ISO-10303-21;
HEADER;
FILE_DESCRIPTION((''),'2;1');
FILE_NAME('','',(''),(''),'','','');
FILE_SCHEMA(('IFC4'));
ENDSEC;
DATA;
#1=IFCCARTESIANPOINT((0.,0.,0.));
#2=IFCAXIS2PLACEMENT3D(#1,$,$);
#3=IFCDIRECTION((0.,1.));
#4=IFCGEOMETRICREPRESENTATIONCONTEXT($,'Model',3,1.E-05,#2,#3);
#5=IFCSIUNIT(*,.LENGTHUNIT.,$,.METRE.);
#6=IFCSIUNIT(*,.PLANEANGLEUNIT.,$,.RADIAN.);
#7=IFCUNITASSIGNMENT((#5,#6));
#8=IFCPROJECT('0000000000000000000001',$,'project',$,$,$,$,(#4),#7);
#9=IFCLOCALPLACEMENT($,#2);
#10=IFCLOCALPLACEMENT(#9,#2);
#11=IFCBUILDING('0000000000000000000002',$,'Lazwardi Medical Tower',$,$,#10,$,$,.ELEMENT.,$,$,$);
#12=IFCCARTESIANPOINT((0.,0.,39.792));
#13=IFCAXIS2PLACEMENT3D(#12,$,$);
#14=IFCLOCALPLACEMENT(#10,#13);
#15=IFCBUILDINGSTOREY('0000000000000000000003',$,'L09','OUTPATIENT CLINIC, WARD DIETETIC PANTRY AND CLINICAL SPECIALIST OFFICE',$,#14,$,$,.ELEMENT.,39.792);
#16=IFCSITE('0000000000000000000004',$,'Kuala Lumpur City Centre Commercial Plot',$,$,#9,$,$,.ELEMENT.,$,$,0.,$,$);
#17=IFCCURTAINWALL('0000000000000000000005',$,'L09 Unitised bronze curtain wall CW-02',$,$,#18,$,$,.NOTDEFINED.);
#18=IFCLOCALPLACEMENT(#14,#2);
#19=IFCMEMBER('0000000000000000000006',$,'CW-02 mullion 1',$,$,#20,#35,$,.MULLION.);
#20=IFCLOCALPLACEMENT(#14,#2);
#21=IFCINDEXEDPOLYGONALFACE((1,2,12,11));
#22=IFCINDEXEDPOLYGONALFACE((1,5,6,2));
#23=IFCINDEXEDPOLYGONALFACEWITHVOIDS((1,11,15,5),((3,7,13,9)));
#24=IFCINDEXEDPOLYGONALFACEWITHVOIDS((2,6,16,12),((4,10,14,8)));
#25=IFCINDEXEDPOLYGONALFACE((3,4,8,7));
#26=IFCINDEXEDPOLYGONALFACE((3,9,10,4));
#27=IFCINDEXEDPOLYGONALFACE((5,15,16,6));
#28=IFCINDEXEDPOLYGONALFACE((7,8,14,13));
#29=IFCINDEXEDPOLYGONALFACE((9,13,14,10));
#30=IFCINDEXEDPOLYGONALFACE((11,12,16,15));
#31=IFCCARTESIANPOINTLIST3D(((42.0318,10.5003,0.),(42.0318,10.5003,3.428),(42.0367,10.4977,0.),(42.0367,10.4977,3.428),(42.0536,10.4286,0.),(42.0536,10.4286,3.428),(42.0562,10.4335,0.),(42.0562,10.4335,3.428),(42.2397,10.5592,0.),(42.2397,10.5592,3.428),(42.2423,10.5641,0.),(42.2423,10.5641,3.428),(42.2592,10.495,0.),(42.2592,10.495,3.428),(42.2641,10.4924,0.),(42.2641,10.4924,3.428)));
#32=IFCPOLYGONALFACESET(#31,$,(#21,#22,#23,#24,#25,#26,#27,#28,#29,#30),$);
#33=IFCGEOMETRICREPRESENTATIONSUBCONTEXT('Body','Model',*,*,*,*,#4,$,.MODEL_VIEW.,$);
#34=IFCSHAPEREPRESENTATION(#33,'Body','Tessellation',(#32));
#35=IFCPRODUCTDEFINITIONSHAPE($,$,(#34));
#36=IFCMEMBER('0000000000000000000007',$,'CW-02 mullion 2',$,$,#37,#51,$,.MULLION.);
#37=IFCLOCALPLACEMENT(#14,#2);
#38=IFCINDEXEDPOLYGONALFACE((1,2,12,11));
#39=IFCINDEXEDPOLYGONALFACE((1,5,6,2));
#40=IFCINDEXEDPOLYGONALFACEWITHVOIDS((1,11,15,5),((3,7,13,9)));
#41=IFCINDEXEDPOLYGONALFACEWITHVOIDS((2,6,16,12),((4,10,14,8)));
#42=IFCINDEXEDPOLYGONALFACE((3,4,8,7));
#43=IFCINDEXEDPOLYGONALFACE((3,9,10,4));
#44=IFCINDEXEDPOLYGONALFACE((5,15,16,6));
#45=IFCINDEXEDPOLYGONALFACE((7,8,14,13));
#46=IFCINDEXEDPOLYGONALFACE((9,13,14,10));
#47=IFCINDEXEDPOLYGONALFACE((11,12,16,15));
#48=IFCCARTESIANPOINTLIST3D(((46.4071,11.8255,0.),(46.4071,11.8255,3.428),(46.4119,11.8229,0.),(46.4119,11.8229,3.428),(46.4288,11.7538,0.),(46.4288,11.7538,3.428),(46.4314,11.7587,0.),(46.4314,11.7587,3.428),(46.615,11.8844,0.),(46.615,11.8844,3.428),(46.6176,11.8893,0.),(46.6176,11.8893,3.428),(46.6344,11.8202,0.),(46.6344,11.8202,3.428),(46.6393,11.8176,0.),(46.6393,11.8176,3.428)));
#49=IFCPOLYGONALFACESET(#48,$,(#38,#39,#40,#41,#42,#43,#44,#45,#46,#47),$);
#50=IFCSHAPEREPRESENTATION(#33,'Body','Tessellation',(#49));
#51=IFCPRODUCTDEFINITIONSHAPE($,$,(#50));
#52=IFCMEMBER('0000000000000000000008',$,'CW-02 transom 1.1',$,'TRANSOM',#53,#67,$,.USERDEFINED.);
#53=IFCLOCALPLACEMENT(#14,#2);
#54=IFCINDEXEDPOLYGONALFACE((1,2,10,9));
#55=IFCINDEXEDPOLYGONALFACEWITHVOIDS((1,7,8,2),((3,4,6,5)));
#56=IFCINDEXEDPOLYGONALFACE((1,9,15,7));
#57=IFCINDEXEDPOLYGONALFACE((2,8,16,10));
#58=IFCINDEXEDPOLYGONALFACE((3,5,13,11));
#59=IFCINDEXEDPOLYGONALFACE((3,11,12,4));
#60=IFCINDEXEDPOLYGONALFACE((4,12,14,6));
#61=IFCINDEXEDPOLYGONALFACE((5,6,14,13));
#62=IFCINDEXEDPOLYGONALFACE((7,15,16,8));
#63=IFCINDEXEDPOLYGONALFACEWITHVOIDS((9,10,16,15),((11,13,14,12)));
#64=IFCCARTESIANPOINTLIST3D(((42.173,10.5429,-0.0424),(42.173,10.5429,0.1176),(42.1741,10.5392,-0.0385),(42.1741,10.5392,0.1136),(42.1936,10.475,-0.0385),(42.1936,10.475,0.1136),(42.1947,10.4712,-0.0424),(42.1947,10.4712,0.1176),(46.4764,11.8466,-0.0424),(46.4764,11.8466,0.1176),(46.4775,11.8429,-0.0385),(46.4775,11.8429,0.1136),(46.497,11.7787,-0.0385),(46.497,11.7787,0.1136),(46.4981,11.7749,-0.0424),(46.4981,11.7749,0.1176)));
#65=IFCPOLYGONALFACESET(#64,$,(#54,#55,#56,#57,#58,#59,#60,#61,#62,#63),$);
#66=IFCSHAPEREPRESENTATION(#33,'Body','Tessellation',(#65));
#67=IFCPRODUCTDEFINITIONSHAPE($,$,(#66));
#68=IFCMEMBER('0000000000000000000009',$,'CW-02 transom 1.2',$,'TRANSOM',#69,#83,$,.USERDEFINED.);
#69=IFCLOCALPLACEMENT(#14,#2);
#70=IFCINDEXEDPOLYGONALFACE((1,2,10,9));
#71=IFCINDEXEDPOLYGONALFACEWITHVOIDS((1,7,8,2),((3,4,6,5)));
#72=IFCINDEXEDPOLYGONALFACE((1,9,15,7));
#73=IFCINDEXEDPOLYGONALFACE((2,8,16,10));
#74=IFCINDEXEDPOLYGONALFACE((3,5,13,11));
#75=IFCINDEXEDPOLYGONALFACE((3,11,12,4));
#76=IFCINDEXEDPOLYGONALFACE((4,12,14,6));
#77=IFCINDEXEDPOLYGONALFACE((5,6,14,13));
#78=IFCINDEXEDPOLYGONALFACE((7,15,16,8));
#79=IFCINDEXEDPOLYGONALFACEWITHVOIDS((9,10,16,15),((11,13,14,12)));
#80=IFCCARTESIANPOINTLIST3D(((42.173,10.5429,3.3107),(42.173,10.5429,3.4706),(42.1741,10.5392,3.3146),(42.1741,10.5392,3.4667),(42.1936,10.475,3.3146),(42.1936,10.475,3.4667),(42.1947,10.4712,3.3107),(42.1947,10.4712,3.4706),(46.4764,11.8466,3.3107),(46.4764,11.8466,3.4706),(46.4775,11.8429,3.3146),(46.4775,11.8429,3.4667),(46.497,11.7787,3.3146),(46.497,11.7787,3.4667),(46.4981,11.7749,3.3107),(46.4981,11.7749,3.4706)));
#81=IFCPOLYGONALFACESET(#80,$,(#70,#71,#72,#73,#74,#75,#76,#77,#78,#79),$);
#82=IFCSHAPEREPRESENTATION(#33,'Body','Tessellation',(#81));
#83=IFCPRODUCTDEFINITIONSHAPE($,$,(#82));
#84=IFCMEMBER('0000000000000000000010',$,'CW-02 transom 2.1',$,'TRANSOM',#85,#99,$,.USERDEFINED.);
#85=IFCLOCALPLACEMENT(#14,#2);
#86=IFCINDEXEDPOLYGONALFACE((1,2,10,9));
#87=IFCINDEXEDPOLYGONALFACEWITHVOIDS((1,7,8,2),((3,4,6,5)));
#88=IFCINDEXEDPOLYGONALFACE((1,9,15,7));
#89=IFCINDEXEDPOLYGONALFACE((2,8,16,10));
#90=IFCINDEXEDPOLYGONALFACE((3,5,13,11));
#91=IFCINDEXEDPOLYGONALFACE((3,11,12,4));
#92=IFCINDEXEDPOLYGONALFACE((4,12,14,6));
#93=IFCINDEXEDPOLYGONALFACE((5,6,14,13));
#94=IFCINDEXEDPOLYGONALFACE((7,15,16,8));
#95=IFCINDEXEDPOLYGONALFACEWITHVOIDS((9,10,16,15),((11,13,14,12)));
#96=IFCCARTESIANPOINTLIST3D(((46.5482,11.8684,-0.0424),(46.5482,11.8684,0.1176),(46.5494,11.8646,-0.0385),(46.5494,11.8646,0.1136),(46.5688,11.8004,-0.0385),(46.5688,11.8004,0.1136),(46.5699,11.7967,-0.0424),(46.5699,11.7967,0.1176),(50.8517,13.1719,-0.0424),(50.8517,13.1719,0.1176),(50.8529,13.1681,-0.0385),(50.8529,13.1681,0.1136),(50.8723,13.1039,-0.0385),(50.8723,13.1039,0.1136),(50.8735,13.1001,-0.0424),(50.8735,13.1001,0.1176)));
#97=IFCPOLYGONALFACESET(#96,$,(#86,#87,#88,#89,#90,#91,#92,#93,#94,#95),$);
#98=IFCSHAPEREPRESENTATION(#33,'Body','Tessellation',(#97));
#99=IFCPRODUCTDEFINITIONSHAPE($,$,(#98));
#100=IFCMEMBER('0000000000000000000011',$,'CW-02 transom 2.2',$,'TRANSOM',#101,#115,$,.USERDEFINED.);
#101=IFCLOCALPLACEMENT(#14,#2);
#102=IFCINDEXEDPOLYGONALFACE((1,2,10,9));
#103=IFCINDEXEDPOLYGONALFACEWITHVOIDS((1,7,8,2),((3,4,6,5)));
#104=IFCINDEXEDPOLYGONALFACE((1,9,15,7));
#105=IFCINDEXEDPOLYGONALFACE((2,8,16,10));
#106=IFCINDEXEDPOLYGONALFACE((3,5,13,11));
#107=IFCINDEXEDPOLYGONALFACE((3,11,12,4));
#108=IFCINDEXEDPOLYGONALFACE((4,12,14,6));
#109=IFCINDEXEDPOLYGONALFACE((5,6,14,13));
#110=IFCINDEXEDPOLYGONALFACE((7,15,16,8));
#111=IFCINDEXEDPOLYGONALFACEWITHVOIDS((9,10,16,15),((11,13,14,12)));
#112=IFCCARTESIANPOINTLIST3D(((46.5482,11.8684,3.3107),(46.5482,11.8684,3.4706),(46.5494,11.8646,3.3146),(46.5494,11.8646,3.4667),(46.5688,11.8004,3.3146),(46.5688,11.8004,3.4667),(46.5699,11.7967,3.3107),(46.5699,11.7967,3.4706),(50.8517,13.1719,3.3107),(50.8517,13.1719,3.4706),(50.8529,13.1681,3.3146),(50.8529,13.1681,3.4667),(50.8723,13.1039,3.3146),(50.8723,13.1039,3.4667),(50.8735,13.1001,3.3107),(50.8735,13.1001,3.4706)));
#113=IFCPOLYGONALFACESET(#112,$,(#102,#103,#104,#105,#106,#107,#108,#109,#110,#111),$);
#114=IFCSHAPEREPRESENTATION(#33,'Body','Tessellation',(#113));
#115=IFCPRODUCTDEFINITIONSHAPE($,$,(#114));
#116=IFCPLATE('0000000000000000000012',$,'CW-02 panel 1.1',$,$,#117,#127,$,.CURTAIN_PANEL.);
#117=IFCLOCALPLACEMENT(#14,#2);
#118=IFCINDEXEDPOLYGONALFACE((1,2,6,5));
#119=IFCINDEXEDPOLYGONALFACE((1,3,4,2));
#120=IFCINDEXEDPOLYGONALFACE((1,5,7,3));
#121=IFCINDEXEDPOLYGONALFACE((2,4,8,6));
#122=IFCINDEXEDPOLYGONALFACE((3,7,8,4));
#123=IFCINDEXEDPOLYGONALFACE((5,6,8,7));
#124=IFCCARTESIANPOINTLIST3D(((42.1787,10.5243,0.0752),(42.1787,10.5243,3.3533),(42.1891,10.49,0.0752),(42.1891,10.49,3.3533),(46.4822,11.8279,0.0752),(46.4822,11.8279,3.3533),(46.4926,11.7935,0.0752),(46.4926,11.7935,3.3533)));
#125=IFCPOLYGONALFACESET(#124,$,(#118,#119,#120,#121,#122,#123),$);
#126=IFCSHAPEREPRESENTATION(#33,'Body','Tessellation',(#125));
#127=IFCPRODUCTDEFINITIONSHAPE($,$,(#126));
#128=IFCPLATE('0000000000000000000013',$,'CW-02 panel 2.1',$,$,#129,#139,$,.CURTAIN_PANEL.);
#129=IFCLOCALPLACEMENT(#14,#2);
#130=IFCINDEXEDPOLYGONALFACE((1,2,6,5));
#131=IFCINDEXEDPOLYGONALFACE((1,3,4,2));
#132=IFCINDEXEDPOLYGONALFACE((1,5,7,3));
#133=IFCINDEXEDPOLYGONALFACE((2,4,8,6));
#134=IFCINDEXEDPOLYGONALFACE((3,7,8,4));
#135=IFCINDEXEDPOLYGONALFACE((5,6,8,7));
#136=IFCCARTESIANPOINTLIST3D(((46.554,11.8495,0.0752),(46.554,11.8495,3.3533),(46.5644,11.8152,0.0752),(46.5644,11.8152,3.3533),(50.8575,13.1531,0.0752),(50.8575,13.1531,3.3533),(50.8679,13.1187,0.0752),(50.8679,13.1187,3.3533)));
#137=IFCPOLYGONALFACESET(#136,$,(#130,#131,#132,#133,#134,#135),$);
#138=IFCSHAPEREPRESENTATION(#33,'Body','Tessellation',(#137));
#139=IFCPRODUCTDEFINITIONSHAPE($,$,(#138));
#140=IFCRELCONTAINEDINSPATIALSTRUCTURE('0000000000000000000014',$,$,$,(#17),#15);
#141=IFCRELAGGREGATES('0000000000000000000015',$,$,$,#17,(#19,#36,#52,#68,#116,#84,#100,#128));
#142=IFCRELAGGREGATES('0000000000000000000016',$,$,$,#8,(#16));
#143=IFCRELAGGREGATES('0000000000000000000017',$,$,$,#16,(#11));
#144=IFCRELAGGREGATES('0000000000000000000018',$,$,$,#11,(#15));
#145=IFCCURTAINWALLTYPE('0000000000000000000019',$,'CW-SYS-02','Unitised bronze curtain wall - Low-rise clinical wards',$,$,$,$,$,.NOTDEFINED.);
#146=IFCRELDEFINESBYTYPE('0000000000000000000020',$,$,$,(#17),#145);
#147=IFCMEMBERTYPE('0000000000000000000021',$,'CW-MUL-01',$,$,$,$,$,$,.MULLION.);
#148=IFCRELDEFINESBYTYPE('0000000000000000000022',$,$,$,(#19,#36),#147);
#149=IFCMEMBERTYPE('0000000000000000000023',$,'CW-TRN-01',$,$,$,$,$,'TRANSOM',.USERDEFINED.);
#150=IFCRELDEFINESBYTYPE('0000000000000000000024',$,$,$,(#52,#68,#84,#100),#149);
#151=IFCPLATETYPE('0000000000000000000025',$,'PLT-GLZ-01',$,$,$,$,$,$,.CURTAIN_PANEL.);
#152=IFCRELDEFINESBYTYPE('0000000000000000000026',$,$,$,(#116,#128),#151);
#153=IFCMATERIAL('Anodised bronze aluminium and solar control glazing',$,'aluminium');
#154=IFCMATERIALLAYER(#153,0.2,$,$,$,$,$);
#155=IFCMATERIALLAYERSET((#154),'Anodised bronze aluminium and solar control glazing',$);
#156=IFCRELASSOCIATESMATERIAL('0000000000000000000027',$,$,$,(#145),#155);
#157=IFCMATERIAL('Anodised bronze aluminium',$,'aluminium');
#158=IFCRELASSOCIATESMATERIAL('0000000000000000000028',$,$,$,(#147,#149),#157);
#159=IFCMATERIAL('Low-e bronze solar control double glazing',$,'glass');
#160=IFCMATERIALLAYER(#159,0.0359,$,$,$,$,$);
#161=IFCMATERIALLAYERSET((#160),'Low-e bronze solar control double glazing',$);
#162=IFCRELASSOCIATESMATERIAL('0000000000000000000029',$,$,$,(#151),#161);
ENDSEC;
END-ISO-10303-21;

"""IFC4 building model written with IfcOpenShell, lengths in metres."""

from ifc_helpers import new_model, si_unit, direction, frame, origin, origin_2d, place, context, subcontext, project, spatial, rectangle, hollow_rectangle, extrude, material, layer, layer_set, material_profile, profile_set, type_object, element, aggregate, save


model = new_model("IFC4")

# Units and contexts
model_context = context("Model", 3, precision=1e-05, world=origin(), true_north=direction((0.0, 1.0)))
body_context = subcontext(model_context, "Body", "Model", "MODEL_VIEW")
ifc_project = project(units=[si_unit("LENGTHUNIT", "METRE"), si_unit("PLANEANGLEUNIT", "RADIAN")], contexts=[model_context])

# Site, building, storey
site_placement = place(None, origin())
site = spatial("IfcSite", under=ifc_project, at=site_placement, Name="Kuala Lumpur City Centre Commercial Plot", CompositionType="ELEMENT", RefElevation=0.0)
building_placement = place(site_placement, origin())
building = spatial("IfcBuilding", under=site, at=building_placement, Name="Lazwardi Medical Tower", CompositionType="ELEMENT")
storey_placement = place(building_placement, frame((0.0, 0.0, 39.792)))
storey = spatial("IfcBuildingStorey", under=building, at=storey_placement, Name="L09", Description="OUTPATIENT CLINIC, WARD DIETETIC PANTRY AND CLINICAL SPECIALIST OFFICE", CompositionType="ELEMENT", Elevation=39.792)

# Curtain wall, members, plates
ifc_material_1 = material(Name="Anodised bronze aluminium and solar control glazing", Category="aluminium")
ifc_layer_1 = layer(ifc_material_1, 0.2)
ifc_layer_set_1 = layer_set([ifc_layer_1], Name="Anodised bronze aluminium and solar control glazing")
curtain_wall_type = type_object("IfcCurtainWallType", Name="CW-SYS-02", Description="Unitised bronze curtain wall - Low-rise clinical wards", PredefinedType="NOTDEFINED", material=ifc_layer_set_1)
curtain_wall_placement = place(storey_placement, origin())
curtain_wall = element("IfcCurtainWall", 1, at=curtain_wall_placement, inside=storey, type_object=curtain_wall_type, Name="L09 Unitised bronze curtain wall CW-02", PredefinedType="NOTDEFINED")
ifc_material_2 = material(Name="Anodised bronze aluminium", Category="aluminium")
ifc_material_profile_1 = material_profile(ifc_material_2, hollow_rectangle(XDim=0.075, YDim=0.22, WallThickness=0.0039, at=origin_2d()), Name="ALU-MULLION 220x75x4")
ifc_profile_set_1 = profile_set([ifc_material_profile_1], Name="Anodised bronze aluminium")
member_type_1 = type_object("IfcMemberType", Name="CW-MUL-01", PredefinedType="MULLION", material=ifc_profile_set_1)
member_1_placement = place(storey_placement, frame((42.1479, 10.4963, 0.0), z_axis=(0.0, 0.0, 1.0), x_axis=(-0.289896, 0.957058, 0.0)))
member_1 = element("IfcMember", 2, at=member_1_placement, type_object=member_type_1, Name="CW-02 mullion 1", PredefinedType="MULLION", context=body_context, shape_type="SweptSolid", body=[
    extrude(hollow_rectangle(XDim=0.075, YDim=0.22, WallThickness=0.0039, at=origin_2d()), origin(), (0.0, 0.0, 1.0), 3.428),
])
member_2_placement = place(storey_placement, frame((46.5232, 11.8215, 0.0), z_axis=(0.0, 0.0, 1.0), x_axis=(-0.289896, 0.957058, 0.0)))
member_2 = element("IfcMember", 3, at=member_2_placement, type_object=member_type_1, Name="CW-02 mullion 2", PredefinedType="MULLION", context=body_context, shape_type="SweptSolid", body=[
    extrude(hollow_rectangle(XDim=0.075, YDim=0.22, WallThickness=0.0039, at=origin_2d()), origin(), (0.0, 0.0, 1.0), 3.428),
])
ifc_material_profile_2 = material_profile(ifc_material_2, hollow_rectangle(XDim=0.075, YDim=0.1599, WallThickness=0.0039, at=origin_2d()), Name="ALU-TRANSOM 160x75x4")
ifc_profile_set_2 = profile_set([ifc_material_profile_2], Name="Anodised bronze aluminium")
member_type_2 = type_object("IfcMemberType", Name="CW-TRN-01", ElementType="TRANSOM", PredefinedType="USERDEFINED", material=ifc_profile_set_2)
member_3_placement = place(storey_placement, frame((42.1838, 10.5071, 0.0376), z_axis=(0.957047, 0.289932, 0.0), x_axis=(-0.289932, 0.957047, 0.0)))
member_3 = element("IfcMember", 4, at=member_3_placement, type_object=member_type_2, Name="CW-02 transom 1.1", ObjectType="TRANSOM", PredefinedType="USERDEFINED", context=body_context, shape_type="SweptSolid", body=[
    extrude(hollow_rectangle(XDim=0.075, YDim=0.1599, WallThickness=0.0039, at=origin_2d()), origin(), (0.0, 0.0, 1.0), 4.4966),
])
member_4_placement = place(storey_placement, frame((42.1838, 10.5071, 3.3906), z_axis=(0.957047, 0.289932, 0.0), x_axis=(-0.289932, 0.957047, 0.0)))
member_4 = element("IfcMember", 5, at=member_4_placement, type_object=member_type_2, Name="CW-02 transom 1.2", ObjectType="TRANSOM", PredefinedType="USERDEFINED", context=body_context, shape_type="SweptSolid", body=[
    extrude(hollow_rectangle(XDim=0.075, YDim=0.1599, WallThickness=0.0039, at=origin_2d()), origin(), (0.0, 0.0, 1.0), 4.4966),
])
member_5_placement = place(storey_placement, frame((46.5591, 11.8325, 0.0376), z_axis=(0.957062, 0.289882, 0.0), x_axis=(-0.289882, 0.957062, 0.0)))
member_5 = element("IfcMember", 6, at=member_5_placement, type_object=member_type_2, Name="CW-02 transom 2.1", ObjectType="TRANSOM", PredefinedType="USERDEFINED", context=body_context, shape_type="SweptSolid", body=[
    extrude(hollow_rectangle(XDim=0.075, YDim=0.1599, WallThickness=0.0039, at=origin_2d()), origin(), (0.0, 0.0, 1.0), 4.4966),
])
member_6_placement = place(storey_placement, frame((46.5591, 11.8325, 3.3906), z_axis=(0.957062, 0.289882, 0.0), x_axis=(-0.289882, 0.957062, 0.0)))
member_6 = element("IfcMember", 7, at=member_6_placement, type_object=member_type_2, Name="CW-02 transom 2.2", ObjectType="TRANSOM", PredefinedType="USERDEFINED", context=body_context, shape_type="SweptSolid", body=[
    extrude(hollow_rectangle(XDim=0.075, YDim=0.1599, WallThickness=0.0039, at=origin_2d()), origin(), (0.0, 0.0, 1.0), 4.4966),
])
ifc_material_3 = material(Name="Low-e bronze solar control double glazing", Category="glass")
ifc_layer_2 = layer(ifc_material_3, 0.0359)
ifc_layer_set_2 = layer_set([ifc_layer_2], Name="Low-e bronze solar control double glazing")
plate_type = type_object("IfcPlateType", Name="PLT-GLZ-01", PredefinedType="CURTAIN_PANEL", material=ifc_layer_set_2)
plate_1_placement = place(storey_placement, frame((44.3357, 11.1589, 0.0752), z_axis=(0.0, 0.0, 1.0), x_axis=(0.957058, 0.289896, 0.0)))
plate_1 = element("IfcPlate", 8, at=plate_1_placement, type_object=plate_type, Name="CW-02 panel 1.1", PredefinedType="CURTAIN_PANEL", context=body_context, shape_type="SweptSolid", body=[
    extrude(rectangle(XDim=4.4966, YDim=0.0359, at=origin_2d()), origin(), (0.0, 0.0, 1.0), 3.2781),
])
plate_2_placement = place(storey_placement, frame((48.7109, 12.4841, 0.0752), z_axis=(0.0, 0.0, 1.0), x_axis=(0.957058, 0.289896, 0.0)))
plate_2 = element("IfcPlate", 9, at=plate_2_placement, type_object=plate_type, Name="CW-02 panel 2.1", PredefinedType="CURTAIN_PANEL", context=body_context, shape_type="SweptSolid", body=[
    extrude(rectangle(XDim=4.4966, YDim=0.0359, at=origin_2d()), origin(), (0.0, 0.0, 1.0), 3.2781),
])
aggregate(curtain_wall, [member_1, member_2, member_3, member_4, plate_1, member_5, member_6, plate_2])

save(model, "model.ifc")
